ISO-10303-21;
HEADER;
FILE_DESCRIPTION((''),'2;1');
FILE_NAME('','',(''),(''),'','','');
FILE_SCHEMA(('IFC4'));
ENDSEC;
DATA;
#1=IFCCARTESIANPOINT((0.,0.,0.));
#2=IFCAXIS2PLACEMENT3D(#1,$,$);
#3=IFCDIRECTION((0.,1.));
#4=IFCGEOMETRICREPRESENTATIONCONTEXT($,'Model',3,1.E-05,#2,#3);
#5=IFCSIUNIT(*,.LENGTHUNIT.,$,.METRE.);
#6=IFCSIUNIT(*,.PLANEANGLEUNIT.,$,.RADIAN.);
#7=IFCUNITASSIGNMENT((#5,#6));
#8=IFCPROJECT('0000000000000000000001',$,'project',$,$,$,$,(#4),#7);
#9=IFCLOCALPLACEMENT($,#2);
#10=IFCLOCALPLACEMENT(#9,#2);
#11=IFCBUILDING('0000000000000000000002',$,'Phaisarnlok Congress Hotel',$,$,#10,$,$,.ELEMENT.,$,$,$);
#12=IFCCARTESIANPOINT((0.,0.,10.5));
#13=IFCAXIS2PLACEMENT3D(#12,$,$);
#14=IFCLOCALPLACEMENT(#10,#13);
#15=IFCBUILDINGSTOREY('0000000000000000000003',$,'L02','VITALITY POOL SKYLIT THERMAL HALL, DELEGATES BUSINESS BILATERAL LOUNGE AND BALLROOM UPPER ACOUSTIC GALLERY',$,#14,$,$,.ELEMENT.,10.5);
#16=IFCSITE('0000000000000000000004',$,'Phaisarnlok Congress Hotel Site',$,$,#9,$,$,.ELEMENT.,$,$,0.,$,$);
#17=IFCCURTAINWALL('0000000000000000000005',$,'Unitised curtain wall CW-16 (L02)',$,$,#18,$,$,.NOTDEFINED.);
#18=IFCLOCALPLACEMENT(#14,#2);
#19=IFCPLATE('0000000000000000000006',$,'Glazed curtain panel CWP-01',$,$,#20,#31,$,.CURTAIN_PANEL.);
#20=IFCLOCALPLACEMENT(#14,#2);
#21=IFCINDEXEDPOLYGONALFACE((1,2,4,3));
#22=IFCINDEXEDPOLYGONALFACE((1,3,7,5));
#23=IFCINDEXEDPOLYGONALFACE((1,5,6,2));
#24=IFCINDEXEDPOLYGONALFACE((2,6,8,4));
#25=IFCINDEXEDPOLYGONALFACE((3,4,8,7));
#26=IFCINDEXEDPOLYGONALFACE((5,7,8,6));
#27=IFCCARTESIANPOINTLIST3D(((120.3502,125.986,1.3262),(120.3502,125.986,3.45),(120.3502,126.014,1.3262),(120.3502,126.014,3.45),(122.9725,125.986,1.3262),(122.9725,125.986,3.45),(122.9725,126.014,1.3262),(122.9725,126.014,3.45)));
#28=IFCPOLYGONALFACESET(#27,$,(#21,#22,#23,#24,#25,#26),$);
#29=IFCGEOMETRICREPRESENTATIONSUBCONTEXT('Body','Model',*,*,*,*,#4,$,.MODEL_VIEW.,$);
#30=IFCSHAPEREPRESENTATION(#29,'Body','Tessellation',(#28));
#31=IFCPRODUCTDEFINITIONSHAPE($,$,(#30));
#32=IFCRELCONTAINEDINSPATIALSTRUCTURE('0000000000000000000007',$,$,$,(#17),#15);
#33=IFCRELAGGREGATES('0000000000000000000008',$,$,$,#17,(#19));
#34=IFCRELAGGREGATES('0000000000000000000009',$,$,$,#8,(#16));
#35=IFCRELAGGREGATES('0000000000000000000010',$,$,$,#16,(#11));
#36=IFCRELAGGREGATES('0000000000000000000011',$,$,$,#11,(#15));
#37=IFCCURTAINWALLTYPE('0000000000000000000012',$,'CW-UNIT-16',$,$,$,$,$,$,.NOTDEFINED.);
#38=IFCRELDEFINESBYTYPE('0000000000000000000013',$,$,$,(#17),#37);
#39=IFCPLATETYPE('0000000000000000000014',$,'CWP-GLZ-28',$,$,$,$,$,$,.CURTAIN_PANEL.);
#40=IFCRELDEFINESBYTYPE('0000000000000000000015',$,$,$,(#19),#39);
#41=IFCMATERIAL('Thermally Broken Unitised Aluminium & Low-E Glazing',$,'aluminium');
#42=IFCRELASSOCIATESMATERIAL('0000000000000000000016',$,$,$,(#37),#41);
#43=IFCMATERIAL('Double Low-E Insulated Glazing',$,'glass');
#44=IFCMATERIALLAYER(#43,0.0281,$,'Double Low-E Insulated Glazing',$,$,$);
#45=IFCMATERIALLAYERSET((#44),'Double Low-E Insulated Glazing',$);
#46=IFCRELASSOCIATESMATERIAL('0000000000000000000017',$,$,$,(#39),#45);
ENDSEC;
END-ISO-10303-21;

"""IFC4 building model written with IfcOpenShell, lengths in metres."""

from ifc_helpers import new_model, si_unit, direction, frame, frame_2d, origin, place, context, subcontext, project, spatial, rectangle, extrude, material, layer, layer_set, type_object, element, aggregate, save


model = new_model("IFC4")

# Units and contexts
model_context = context("Model", 3, precision=1e-05, world=origin(), true_north=direction((0.0, 1.0)))
body_context = subcontext(model_context, "Body", "Model", "MODEL_VIEW")
ifc_project = project(units=[si_unit("LENGTHUNIT", "METRE"), si_unit("PLANEANGLEUNIT", "RADIAN")], contexts=[model_context])

# Site, building, storey
site_placement = place(None, origin())
site = spatial("IfcSite", under=ifc_project, at=site_placement, Name="Phaisarnlok Congress Hotel Site", CompositionType="ELEMENT", RefElevation=0.0)
building_placement = place(site_placement, origin())
building = spatial("IfcBuilding", under=site, at=building_placement, Name="Phaisarnlok Congress Hotel", CompositionType="ELEMENT")
storey_placement = place(building_placement, frame((0.0, 0.0, 10.5)))
storey = spatial("IfcBuildingStorey", under=building, at=storey_placement, Name="L02", Description="VITALITY POOL SKYLIT THERMAL HALL, DELEGATES BUSINESS BILATERAL LOUNGE AND BALLROOM UPPER ACOUSTIC GALLERY", CompositionType="ELEMENT", Elevation=10.5)

# Curtain wall
ifc_material_1 = material(Name="Thermally Broken Unitised Aluminium & Low-E Glazing", Category="aluminium")
curtain_wall_type = type_object("IfcCurtainWallType", Name="CW-UNIT-16", PredefinedType="NOTDEFINED", material=ifc_material_1)
curtain_wall_placement = place(storey_placement, origin())
curtain_wall = element("IfcCurtainWall", 1, at=curtain_wall_placement, inside=storey, type_object=curtain_wall_type, Name="Unitised curtain wall CW-16 (L02)", PredefinedType="NOTDEFINED")

# Plate
ifc_material_2 = material(Name="Double Low-E Insulated Glazing", Category="glass")
ifc_layer = layer(ifc_material_2, 0.0281, Name="Double Low-E Insulated Glazing")
ifc_layer_set = layer_set([ifc_layer], Name="Double Low-E Insulated Glazing")
plate_type = type_object("IfcPlateType", Name="CWP-GLZ-28", PredefinedType="CURTAIN_PANEL", material=ifc_layer_set)
plate_1_placement = place(storey_placement, frame((122.9724, 126.0, 1.3262), z_axis=(0.0, 0.0, 1.0), x_axis=(-1.0, 0.0, 0.0)))
plate_1 = element("IfcPlate", 2, at=plate_1_placement, type_object=plate_type, Name="Glazed curtain panel CWP-01", PredefinedType="CURTAIN_PANEL", context=body_context, shape_type="SweptSolid", body=[
    extrude(rectangle(XDim=2.6223, YDim=0.0281, at=frame_2d((1.311, 0.0))), origin(), (0.0, 0.0, 1.0), 2.1238),
])
aggregate(curtain_wall, [plate_1])

save(model, "model.ifc")
